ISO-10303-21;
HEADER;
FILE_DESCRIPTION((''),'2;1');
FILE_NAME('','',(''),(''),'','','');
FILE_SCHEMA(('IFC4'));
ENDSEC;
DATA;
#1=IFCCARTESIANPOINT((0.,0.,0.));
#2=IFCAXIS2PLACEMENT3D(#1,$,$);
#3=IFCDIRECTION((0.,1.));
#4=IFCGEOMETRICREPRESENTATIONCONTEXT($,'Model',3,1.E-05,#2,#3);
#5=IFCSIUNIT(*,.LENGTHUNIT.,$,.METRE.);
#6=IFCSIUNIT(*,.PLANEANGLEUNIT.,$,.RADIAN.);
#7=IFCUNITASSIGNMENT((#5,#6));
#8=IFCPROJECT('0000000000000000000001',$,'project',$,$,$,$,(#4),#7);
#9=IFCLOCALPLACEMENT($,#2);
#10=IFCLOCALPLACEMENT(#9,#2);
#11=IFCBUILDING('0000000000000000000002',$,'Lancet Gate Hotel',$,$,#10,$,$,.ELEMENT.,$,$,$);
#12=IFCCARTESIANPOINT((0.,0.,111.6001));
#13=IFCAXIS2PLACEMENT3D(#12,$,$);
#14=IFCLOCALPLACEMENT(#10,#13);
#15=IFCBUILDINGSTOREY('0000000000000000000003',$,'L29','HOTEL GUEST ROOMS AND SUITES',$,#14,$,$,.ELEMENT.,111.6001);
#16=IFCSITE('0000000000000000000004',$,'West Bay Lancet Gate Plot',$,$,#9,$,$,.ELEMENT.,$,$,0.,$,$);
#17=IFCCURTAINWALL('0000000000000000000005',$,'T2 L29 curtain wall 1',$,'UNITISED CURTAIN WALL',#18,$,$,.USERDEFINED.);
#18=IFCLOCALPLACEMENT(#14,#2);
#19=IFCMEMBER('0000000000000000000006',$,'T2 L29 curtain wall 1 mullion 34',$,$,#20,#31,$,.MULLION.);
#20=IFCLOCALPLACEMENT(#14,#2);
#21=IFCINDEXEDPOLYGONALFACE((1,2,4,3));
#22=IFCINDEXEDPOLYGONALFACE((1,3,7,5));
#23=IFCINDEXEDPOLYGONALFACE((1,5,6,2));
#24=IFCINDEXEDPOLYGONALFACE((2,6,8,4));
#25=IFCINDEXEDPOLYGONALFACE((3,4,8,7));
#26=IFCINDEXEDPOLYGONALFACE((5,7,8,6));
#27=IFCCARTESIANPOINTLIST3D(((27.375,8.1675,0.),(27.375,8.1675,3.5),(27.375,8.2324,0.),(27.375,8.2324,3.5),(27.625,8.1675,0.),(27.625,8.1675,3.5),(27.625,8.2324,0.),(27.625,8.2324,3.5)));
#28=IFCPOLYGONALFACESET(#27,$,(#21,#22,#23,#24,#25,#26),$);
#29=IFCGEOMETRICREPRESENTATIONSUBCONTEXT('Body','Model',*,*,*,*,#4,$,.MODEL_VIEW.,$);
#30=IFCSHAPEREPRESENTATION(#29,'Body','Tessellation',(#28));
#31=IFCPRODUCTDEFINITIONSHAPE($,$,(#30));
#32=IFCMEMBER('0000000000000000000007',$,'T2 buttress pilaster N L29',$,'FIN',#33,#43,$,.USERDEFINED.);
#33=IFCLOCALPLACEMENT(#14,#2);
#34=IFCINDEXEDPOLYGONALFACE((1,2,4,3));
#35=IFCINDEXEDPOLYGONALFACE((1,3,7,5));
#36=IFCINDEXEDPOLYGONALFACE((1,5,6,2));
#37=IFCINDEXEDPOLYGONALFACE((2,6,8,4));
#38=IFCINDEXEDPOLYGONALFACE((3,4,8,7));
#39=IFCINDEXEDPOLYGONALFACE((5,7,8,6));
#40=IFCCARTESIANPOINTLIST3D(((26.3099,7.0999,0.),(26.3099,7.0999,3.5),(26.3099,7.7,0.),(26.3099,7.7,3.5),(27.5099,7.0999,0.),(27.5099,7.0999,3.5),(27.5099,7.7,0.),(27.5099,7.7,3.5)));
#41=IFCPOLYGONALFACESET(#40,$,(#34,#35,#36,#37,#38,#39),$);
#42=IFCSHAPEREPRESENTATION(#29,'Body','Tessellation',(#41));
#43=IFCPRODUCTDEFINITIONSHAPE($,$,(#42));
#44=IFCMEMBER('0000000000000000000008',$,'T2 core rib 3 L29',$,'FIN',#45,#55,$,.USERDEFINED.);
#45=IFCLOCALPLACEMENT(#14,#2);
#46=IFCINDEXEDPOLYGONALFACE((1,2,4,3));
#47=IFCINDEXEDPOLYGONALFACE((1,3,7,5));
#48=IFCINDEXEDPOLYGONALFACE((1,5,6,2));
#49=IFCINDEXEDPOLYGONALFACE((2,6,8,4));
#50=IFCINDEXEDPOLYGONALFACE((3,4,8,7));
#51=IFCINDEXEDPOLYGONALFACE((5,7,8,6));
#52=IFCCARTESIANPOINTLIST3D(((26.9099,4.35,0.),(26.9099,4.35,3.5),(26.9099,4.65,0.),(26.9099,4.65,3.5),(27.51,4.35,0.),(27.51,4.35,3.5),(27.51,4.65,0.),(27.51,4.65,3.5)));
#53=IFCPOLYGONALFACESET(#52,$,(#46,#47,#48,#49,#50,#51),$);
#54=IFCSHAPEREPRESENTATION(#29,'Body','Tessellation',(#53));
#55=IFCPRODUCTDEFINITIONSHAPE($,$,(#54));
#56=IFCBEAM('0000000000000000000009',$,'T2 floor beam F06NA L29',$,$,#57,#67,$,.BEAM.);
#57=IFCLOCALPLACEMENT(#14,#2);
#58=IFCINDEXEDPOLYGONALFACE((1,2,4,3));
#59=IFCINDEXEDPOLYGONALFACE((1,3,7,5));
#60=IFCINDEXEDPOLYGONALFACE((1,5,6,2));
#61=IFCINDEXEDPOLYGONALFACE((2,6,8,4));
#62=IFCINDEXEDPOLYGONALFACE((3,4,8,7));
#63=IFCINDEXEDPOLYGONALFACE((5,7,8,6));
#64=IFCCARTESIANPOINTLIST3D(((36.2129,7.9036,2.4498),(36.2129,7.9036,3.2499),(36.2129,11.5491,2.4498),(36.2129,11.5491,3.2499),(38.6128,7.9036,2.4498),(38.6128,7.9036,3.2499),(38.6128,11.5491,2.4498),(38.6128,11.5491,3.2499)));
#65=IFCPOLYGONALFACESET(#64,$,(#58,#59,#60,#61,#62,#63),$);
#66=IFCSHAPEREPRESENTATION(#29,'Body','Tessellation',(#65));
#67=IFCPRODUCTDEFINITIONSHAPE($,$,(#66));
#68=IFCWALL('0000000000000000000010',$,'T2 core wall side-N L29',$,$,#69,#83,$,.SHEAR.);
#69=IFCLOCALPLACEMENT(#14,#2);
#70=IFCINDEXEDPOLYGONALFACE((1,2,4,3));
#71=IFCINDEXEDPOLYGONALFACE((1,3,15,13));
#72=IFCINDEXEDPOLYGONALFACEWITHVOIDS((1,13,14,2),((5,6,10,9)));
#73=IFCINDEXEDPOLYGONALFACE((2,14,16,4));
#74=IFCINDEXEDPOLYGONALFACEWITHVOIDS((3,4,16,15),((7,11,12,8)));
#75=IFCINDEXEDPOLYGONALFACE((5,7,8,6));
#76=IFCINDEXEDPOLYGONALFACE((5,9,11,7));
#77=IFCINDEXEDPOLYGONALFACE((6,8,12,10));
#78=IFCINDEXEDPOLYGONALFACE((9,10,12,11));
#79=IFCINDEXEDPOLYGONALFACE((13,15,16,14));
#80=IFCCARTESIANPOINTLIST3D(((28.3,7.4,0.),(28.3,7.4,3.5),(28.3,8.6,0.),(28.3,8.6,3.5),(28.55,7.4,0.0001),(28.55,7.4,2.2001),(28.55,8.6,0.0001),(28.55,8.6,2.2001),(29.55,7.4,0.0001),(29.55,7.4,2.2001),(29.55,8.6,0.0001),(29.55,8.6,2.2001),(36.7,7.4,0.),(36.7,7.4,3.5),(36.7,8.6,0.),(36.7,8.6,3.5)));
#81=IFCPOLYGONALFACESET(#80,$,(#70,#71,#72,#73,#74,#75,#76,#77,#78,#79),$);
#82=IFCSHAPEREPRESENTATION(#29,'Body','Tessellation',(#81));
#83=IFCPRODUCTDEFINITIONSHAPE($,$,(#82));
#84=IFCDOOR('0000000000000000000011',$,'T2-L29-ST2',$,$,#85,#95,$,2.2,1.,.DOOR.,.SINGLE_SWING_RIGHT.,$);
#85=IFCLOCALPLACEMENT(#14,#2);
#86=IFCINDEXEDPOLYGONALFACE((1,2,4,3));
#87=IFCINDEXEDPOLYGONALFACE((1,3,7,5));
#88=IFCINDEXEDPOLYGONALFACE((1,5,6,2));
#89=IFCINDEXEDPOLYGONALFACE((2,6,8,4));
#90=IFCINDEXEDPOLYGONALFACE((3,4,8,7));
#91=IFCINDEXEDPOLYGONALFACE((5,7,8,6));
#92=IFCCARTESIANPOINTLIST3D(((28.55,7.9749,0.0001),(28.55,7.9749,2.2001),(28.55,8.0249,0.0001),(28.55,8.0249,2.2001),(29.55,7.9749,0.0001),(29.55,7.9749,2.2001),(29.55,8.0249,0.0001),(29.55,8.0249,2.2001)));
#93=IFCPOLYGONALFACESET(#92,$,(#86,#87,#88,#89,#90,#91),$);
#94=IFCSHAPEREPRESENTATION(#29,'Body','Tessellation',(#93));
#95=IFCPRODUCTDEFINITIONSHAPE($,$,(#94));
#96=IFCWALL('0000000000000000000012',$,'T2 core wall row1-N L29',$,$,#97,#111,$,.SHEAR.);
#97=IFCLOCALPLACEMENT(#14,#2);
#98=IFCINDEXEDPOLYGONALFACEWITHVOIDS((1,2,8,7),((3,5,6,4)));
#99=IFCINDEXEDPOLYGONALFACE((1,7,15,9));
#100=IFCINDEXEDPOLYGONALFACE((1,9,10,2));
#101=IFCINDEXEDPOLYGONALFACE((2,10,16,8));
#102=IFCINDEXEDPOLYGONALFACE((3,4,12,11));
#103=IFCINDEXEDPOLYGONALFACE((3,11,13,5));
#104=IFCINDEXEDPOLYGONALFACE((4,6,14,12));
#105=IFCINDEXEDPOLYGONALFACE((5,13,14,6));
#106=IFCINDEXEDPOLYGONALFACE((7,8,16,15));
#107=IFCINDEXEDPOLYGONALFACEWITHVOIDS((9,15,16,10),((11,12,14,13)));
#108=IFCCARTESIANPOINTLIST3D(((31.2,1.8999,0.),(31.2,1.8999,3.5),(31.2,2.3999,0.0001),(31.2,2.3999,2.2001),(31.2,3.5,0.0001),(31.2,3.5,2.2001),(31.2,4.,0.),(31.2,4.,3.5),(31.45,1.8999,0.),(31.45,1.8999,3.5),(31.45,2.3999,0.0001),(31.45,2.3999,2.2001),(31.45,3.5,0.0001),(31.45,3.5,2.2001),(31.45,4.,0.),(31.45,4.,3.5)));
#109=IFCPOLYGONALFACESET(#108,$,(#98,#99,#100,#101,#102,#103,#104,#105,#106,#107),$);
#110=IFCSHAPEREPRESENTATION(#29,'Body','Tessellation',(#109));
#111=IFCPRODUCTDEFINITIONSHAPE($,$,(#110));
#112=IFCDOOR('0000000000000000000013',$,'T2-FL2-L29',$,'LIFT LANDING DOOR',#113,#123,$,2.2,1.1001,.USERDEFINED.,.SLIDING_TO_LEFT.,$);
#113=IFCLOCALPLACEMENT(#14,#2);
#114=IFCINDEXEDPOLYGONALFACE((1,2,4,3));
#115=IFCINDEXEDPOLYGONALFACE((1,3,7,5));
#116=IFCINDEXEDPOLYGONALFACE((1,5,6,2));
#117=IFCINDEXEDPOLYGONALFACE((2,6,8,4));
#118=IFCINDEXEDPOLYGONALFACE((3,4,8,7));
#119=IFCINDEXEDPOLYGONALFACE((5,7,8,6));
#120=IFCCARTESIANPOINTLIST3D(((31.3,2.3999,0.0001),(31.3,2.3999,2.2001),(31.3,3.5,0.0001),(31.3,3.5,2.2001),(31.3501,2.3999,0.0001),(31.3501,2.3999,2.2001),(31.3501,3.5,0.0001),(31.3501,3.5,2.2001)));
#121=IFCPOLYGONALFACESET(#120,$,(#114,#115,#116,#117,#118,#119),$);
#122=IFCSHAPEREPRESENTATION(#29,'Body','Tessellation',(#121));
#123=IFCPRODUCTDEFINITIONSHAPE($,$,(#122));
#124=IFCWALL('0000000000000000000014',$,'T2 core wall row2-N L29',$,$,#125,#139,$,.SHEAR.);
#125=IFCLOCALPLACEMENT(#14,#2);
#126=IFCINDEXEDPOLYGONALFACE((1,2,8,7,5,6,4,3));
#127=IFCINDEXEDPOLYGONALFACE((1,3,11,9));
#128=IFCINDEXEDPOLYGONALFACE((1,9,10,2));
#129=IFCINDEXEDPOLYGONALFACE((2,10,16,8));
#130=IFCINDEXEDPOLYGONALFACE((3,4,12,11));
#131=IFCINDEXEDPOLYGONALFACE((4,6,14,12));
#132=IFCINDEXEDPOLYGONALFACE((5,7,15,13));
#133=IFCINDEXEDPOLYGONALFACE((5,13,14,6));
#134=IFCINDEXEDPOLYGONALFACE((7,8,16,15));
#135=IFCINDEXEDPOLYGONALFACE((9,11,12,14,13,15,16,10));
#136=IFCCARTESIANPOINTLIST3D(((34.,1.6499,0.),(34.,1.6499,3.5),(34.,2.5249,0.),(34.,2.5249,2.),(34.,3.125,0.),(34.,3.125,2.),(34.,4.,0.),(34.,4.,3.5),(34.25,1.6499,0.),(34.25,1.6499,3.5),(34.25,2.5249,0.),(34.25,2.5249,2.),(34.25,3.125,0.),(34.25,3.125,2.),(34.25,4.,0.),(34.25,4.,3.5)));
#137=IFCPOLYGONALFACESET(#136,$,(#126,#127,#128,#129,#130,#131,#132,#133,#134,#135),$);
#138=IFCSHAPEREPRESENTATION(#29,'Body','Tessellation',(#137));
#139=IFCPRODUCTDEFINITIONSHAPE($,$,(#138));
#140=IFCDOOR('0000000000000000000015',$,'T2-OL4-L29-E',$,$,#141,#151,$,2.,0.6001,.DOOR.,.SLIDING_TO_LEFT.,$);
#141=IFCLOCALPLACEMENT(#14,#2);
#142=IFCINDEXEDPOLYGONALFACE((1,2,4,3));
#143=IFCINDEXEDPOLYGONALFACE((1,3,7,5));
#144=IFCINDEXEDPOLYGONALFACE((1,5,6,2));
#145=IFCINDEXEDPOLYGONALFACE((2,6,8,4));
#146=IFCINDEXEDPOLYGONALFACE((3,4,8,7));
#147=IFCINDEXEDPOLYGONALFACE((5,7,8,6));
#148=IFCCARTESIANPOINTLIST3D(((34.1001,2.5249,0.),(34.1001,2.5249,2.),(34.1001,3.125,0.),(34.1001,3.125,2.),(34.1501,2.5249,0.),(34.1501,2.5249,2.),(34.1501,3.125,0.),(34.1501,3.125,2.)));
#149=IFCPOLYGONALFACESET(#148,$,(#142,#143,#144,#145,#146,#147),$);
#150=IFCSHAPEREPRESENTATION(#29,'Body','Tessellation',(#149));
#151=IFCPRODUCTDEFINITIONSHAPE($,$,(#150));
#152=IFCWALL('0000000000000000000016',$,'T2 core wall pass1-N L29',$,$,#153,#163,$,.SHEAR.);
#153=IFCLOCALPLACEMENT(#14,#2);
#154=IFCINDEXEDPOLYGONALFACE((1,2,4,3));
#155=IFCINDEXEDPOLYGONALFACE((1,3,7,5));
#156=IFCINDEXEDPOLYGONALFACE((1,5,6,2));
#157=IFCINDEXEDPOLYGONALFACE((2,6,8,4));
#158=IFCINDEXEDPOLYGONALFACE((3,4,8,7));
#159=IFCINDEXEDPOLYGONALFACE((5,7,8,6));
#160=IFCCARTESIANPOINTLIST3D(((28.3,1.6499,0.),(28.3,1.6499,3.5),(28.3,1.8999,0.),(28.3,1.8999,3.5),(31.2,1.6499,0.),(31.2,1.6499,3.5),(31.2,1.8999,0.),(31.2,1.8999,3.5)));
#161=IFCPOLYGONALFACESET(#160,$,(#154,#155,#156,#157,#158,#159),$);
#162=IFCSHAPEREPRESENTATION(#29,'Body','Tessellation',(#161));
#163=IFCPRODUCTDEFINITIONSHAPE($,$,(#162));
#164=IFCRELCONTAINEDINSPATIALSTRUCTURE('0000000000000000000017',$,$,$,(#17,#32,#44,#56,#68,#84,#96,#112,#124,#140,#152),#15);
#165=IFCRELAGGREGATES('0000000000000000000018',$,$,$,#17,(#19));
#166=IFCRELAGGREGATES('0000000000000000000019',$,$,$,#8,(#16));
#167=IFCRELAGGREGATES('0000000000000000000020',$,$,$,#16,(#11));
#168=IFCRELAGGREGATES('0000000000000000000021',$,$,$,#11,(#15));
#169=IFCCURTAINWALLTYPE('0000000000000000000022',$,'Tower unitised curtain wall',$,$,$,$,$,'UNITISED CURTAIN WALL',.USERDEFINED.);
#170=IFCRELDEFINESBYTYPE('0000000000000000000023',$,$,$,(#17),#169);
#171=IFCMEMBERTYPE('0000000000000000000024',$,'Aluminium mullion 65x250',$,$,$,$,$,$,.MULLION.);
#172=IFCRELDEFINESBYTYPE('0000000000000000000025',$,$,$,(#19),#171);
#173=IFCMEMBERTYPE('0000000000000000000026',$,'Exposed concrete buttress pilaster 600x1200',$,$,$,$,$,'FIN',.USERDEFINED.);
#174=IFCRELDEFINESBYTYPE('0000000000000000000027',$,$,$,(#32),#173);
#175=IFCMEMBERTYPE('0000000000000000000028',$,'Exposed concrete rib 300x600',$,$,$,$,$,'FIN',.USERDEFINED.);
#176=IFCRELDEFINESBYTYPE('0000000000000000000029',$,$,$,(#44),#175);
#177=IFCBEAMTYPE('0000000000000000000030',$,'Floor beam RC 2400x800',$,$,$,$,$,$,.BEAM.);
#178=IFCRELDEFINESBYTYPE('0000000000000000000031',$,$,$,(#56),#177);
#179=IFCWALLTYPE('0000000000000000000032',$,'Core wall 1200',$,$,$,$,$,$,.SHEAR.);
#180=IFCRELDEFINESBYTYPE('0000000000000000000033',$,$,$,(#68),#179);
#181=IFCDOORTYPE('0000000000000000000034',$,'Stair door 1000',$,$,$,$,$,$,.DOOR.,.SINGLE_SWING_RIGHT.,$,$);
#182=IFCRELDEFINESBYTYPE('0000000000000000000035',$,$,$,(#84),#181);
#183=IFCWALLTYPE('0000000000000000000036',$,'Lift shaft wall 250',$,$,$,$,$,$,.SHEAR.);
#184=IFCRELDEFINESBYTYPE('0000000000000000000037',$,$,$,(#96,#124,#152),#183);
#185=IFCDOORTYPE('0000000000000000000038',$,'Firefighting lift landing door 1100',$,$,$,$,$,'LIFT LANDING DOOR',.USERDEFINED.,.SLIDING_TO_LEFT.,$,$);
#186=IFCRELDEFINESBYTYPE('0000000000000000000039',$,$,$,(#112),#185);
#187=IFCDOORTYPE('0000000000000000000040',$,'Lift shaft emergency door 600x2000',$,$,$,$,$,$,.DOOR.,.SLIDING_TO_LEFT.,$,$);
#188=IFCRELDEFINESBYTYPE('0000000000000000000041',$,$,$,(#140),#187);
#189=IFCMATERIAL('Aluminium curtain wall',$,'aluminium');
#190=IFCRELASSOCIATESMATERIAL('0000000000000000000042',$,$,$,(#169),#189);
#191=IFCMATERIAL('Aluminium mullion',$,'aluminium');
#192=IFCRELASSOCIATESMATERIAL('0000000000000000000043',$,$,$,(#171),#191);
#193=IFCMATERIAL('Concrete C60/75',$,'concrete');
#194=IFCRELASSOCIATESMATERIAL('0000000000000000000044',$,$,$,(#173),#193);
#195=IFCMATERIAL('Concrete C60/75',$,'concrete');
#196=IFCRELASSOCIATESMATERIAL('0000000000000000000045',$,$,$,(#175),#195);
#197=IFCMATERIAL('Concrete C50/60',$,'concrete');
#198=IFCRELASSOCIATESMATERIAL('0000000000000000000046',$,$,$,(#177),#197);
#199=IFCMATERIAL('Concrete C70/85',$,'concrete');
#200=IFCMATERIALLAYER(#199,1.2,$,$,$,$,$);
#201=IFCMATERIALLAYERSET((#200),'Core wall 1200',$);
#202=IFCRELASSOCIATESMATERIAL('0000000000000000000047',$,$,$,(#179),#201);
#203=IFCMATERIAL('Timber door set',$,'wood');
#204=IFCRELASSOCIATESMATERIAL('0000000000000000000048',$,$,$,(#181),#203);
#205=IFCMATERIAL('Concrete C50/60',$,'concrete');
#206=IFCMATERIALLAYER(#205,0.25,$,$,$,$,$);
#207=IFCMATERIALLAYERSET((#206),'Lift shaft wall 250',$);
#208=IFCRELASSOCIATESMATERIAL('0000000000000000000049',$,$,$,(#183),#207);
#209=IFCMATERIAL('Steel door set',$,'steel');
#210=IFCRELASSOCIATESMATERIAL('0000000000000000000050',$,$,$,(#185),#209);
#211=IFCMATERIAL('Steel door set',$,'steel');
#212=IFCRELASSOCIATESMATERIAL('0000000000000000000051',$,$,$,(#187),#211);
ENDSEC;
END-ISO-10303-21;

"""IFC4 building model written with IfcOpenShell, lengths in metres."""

from ifc_helpers import new_model, si_unit, direction, frame, frame_2d, origin, origin_2d, place, context, subcontext, project, spatial, rectangle, extrude, material, layer, layer_set, material_profile, profile_set, type_object, element, fill, aggregate, save


model = new_model("IFC4")

# Units and contexts
model_context = context("Model", 3, precision=1e-05, world=origin(), true_north=direction((0.0, 1.0)))
body_context = subcontext(model_context, "Body", "Model", "MODEL_VIEW")
ifc_project = project(units=[si_unit("LENGTHUNIT", "METRE"), si_unit("PLANEANGLEUNIT", "RADIAN")], contexts=[model_context])

# Site, building, storey
site_placement = place(None, origin())
site = spatial("IfcSite", under=ifc_project, at=site_placement, Name="West Bay Lancet Gate Plot", CompositionType="ELEMENT", RefElevation=0.0)
building_placement = place(site_placement, origin())
building = spatial("IfcBuilding", under=site, at=building_placement, Name="Lancet Gate Hotel", CompositionType="ELEMENT")
storey_placement = place(building_placement, frame((0.0, 0.0, 111.6001)))
storey = spatial("IfcBuildingStorey", under=building, at=storey_placement, Name="L29", Description="HOTEL GUEST ROOMS AND SUITES", CompositionType="ELEMENT", Elevation=111.6001)

# Curtain wall, member
ifc_material_1 = material(Name="Aluminium curtain wall", Category="aluminium")
curtain_wall_type = type_object("IfcCurtainWallType", Name="Tower unitised curtain wall", ElementType="UNITISED CURTAIN WALL", PredefinedType="USERDEFINED", material=ifc_material_1)
curtain_wall_placement = place(storey_placement, origin())
curtain_wall = element("IfcCurtainWall", 1, at=curtain_wall_placement, inside=storey, type_object=curtain_wall_type, Name="T2 L29 curtain wall 1", ObjectType="UNITISED CURTAIN WALL", PredefinedType="USERDEFINED")
ifc_material_2 = material(Name="Aluminium mullion", Category="aluminium")
ifc_material_profile_1 = material_profile(ifc_material_2, rectangle(XDim=0.0649, YDim=0.25, at=origin_2d()), Name="MULLION 65x250")
ifc_profile_set_1 = profile_set([ifc_material_profile_1], Name="Aluminium mullion")
member_type_1 = type_object("IfcMemberType", Name="Aluminium mullion 65x250", PredefinedType="MULLION", material=ifc_profile_set_1)
member_1_placement = place(storey_placement, frame((27.5, 8.2, 0.0), z_axis=(0.0, 0.0, 1.0), x_axis=(0.0, -1.0, 0.0)))
member_1 = element("IfcMember", 2, at=member_1_placement, type_object=member_type_1, Name="T2 L29 curtain wall 1 mullion 34", PredefinedType="MULLION", context=body_context, shape_type="SweptSolid", body=[
    extrude(rectangle(XDim=0.0649, YDim=0.25, at=origin_2d()), origin(), (0.0, 0.0, 1.0), 3.5),
])
aggregate(curtain_wall, [member_1])

# Members
ifc_material_3 = material(Name="Concrete C60/75", Category="concrete")
ifc_material_profile_2 = material_profile(ifc_material_3, rectangle(XDim=0.6001, YDim=1.2, at=origin_2d()), Name="FIN 600x1200")
ifc_profile_set_2 = profile_set([ifc_material_profile_2], Name="Concrete C60/75")
member_type_2 = type_object("IfcMemberType", Name="Exposed concrete buttress pilaster 600x1200", ElementType="FIN", PredefinedType="USERDEFINED", material=ifc_profile_set_2)
member_2_placement = place(storey_placement, frame((26.9099, 7.3999, 0.0), z_axis=(0.0, 0.0, 1.0), x_axis=(0.0, 1.0, 0.0)))
element("IfcMember", 3, at=member_2_placement, inside=storey, type_object=member_type_2, Name="T2 buttress pilaster N L29", ObjectType="FIN", PredefinedType="USERDEFINED", context=body_context, shape_type="SweptSolid", body=[
    extrude(rectangle(XDim=0.6001, YDim=1.2, at=origin_2d()), origin(), (0.0, 0.0, 1.0), 3.5),
])
ifc_material_4 = material(Name="Concrete C60/75", Category="concrete")
ifc_material_profile_3 = material_profile(ifc_material_4, rectangle(XDim=0.3, YDim=0.6001, at=origin_2d()), Name="FIN 300x600")
ifc_profile_set_3 = profile_set([ifc_material_profile_3], Name="Concrete C60/75")
member_type_3 = type_object("IfcMemberType", Name="Exposed concrete rib 300x600", ElementType="FIN", PredefinedType="USERDEFINED", material=ifc_profile_set_3)
member_3_placement = place(storey_placement, frame((27.21, 4.5, 0.0), z_axis=(0.0, 0.0, 1.0), x_axis=(0.0, 1.0, 0.0)))
element("IfcMember", 4, at=member_3_placement, inside=storey, type_object=member_type_3, Name="T2 core rib 3 L29", ObjectType="FIN", PredefinedType="USERDEFINED", context=body_context, shape_type="SweptSolid", body=[
    extrude(rectangle(XDim=0.3, YDim=0.6001, at=origin_2d()), origin(), (0.0, 0.0, 1.0), 3.5),
])

# Beam
ifc_material_5 = material(Name="Concrete C50/60", Category="concrete")
ifc_material_profile_4 = material_profile(ifc_material_5, rectangle(XDim=2.3999, YDim=0.8, at=origin_2d()), Name="RC 2400x800")
ifc_profile_set_4 = profile_set([ifc_material_profile_4], Name="Concrete C50/60")
beam_type = type_object("IfcBeamType", Name="Floor beam RC 2400x800", PredefinedType="BEAM", material=ifc_profile_set_4)
beam_placement = place(storey_placement, frame((37.4128, 7.9036, 2.8499), z_axis=(0.0, 1.0, 0.0), x_axis=(-1.0, 0.0, 0.0)))
element("IfcBeam", 5, at=beam_placement, inside=storey, type_object=beam_type, Name="T2 floor beam F06NA L29", PredefinedType="BEAM", context=body_context, shape_type="SweptSolid", body=[
    extrude(rectangle(XDim=2.3999, YDim=0.8, at=origin_2d()), origin(), (0.0, 0.0, 1.0), 3.6455),
])

# Walls, openings, doors
ifc_material_6 = material(Name="Concrete C70/85", Category="concrete")
ifc_layer_1 = layer(ifc_material_6, 1.2)
ifc_layer_set_1 = layer_set([ifc_layer_1], Name="Core wall 1200")
wall_type_1 = type_object("IfcWallType", Name="Core wall 1200", PredefinedType="SHEAR", material=ifc_layer_set_1)
wall_1_placement = place(storey_placement, frame((28.3, 8.0, 0.0), z_axis=(0.0, 0.0, 1.0), x_axis=(1.0, 0.0, 0.0)))
wall_1 = element("IfcWall", 6, at=wall_1_placement, inside=storey, type_object=wall_type_1, Name="T2 core wall side-N L29", PredefinedType="SHEAR", context=body_context, shape_type="SweptSolid", body=[
    extrude(rectangle(XDim=8.3999, YDim=1.2, at=frame_2d((4.2, 0.0))), origin(), (0.0, 0.0, 1.0), 3.5),
])
opening_1_placement = place(wall_1_placement, frame((0.25, 0.0, 0.0)))
opening_1 = element("IfcOpeningElement", 7, at=opening_1_placement, cuts=wall_1, PredefinedType="OPENING", context=body_context, shape_type="SweptSolid", body=[
    extrude(rectangle(XDim=1.0, YDim=2.2, at=frame_2d((0.5, 1.1001))), frame((0.0, 0.6099, 0.0), z_axis=(0.0, -1.0, 0.0), x_axis=(1.0, 0.0, 0.0)), (0.0, 0.0, 1.0), 1.22),
])
ifc_material_7 = material(Name="Timber door set", Category="wood")
door_type_1 = type_object("IfcDoorType", Name="Stair door 1000", OperationType="SINGLE_SWING_RIGHT", PredefinedType="DOOR", material=ifc_material_7)
door_1_placement = place(opening_1_placement, origin())
door_1 = element("IfcDoor", 8, at=door_1_placement, inside=storey, type_object=door_type_1, Name="T2-L29-ST2", OperationType="SINGLE_SWING_RIGHT", OverallHeight=2.2, OverallWidth=1.0, PredefinedType="DOOR", context=body_context, shape_type="SweptSolid", body=[
    extrude(rectangle(XDim=1.0, YDim=2.2, at=frame_2d((0.5, 1.1001))), frame((0.0, 0.0249, 0.0), z_axis=(0.0, -1.0, 0.0), x_axis=(1.0, 0.0, 0.0)), (0.0, 0.0, 1.0), 0.05),
])
fill(opening_1, door_1)
ifc_material_8 = material(Name="Concrete C50/60", Category="concrete")
ifc_layer_2 = layer(ifc_material_8, 0.25)
ifc_layer_set_2 = layer_set([ifc_layer_2], Name="Lift shaft wall 250")
wall_type_2 = type_object("IfcWallType", Name="Lift shaft wall 250", PredefinedType="SHEAR", material=ifc_layer_set_2)
wall_2_placement = place(storey_placement, frame((31.325, 1.8999, 0.0), z_axis=(0.0, 0.0, 1.0), x_axis=(0.0, 1.0, 0.0)))
wall_2 = element("IfcWall", 9, at=wall_2_placement, inside=storey, type_object=wall_type_2, Name="T2 core wall row1-N L29", PredefinedType="SHEAR", context=body_context, shape_type="SweptSolid", body=[
    extrude(rectangle(XDim=2.1001, YDim=0.25, at=frame_2d((1.05, 0.0))), origin(), (0.0, 0.0, 1.0), 3.5),
])
opening_2_placement = place(wall_2_placement, frame((0.5, 0.0, 0.0)))
opening_2 = element("IfcOpeningElement", 10, at=opening_2_placement, cuts=wall_2, PredefinedType="OPENING", context=body_context, shape_type="SweptSolid", body=[
    extrude(rectangle(XDim=1.1001, YDim=2.2, at=frame_2d((0.55, 1.1001))), frame((0.0, 0.135, 0.0), z_axis=(0.0, -1.0, 0.0), x_axis=(1.0, 0.0, 0.0)), (0.0, 0.0, 1.0), 0.27),
])
ifc_material_9 = material(Name="Steel door set", Category="steel")
door_type_2 = type_object("IfcDoorType", Name="Firefighting lift landing door 1100", ElementType="LIFT LANDING DOOR", OperationType="SLIDING_TO_LEFT", PredefinedType="USERDEFINED", material=ifc_material_9)
door_2_placement = place(opening_2_placement, origin())
door_2 = element("IfcDoor", 11, at=door_2_placement, inside=storey, type_object=door_type_2, Name="T2-FL2-L29", ObjectType="LIFT LANDING DOOR", OperationType="SLIDING_TO_LEFT", OverallHeight=2.2, OverallWidth=1.1001, PredefinedType="USERDEFINED", context=body_context, shape_type="SweptSolid", body=[
    extrude(rectangle(XDim=1.1001, YDim=2.2, at=frame_2d((0.55, 1.1001))), frame((0.0, 0.0249, 0.0), z_axis=(0.0, -1.0, 0.0), x_axis=(1.0, 0.0, 0.0)), (0.0, 0.0, 1.0), 0.05),
])
fill(opening_2, door_2)
wall_3_placement = place(storey_placement, frame((34.125, 1.6499, 0.0), z_axis=(0.0, 0.0, 1.0), x_axis=(0.0, 1.0, 0.0)))
wall_3 = element("IfcWall", 12, at=wall_3_placement, inside=storey, type_object=wall_type_2, Name="T2 core wall row2-N L29", PredefinedType="SHEAR", context=body_context, shape_type="SweptSolid", body=[
    extrude(rectangle(XDim=2.3501, YDim=0.25, at=frame_2d((1.175, 0.0))), origin(), (0.0, 0.0, 1.0), 3.5),
])
opening_3_placement = place(wall_3_placement, frame((0.875, 0.0, 0.0)))
opening_3 = element("IfcOpeningElement", 13, at=opening_3_placement, cuts=wall_3, PredefinedType="OPENING", context=body_context, shape_type="SweptSolid", body=[
    extrude(rectangle(XDim=0.6001, YDim=2.0, at=frame_2d((0.3, 1.0))), frame((0.0, 0.135, 0.0), z_axis=(0.0, -1.0, 0.0), x_axis=(1.0, 0.0, 0.0)), (0.0, 0.0, 1.0), 0.27),
])
ifc_material_10 = material(Name="Steel door set", Category="steel")
door_type_3 = type_object("IfcDoorType", Name="Lift shaft emergency door 600x2000", OperationType="SLIDING_TO_LEFT", PredefinedType="DOOR", material=ifc_material_10)
door_3_placement = place(opening_3_placement, origin())
door_3 = element("IfcDoor", 14, at=door_3_placement, inside=storey, type_object=door_type_3, Name="T2-OL4-L29-E", OperationType="SLIDING_TO_LEFT", OverallHeight=2.0, OverallWidth=0.6001, PredefinedType="DOOR", context=body_context, shape_type="SweptSolid", body=[
    extrude(rectangle(XDim=0.6001, YDim=2.0, at=frame_2d((0.3, 1.0))), frame((0.0, 0.0249, 0.0), z_axis=(0.0, -1.0, 0.0), x_axis=(1.0, 0.0, 0.0)), (0.0, 0.0, 1.0), 0.05),
])
fill(opening_3, door_3)

# Wall
wall_4_placement = place(storey_placement, frame((28.3, 1.7749, 0.0), z_axis=(0.0, 0.0, 1.0), x_axis=(1.0, 0.0, 0.0)))
element("IfcWall", 15, at=wall_4_placement, inside=storey, type_object=wall_type_2, Name="T2 core wall pass1-N L29", PredefinedType="SHEAR", context=body_context, shape_type="SweptSolid", body=[
    extrude(rectangle(XDim=2.8999, YDim=0.25, at=frame_2d((1.45, 0.0))), origin(), (0.0, 0.0, 1.0), 3.5),
])

save(model, "model.ifc")
